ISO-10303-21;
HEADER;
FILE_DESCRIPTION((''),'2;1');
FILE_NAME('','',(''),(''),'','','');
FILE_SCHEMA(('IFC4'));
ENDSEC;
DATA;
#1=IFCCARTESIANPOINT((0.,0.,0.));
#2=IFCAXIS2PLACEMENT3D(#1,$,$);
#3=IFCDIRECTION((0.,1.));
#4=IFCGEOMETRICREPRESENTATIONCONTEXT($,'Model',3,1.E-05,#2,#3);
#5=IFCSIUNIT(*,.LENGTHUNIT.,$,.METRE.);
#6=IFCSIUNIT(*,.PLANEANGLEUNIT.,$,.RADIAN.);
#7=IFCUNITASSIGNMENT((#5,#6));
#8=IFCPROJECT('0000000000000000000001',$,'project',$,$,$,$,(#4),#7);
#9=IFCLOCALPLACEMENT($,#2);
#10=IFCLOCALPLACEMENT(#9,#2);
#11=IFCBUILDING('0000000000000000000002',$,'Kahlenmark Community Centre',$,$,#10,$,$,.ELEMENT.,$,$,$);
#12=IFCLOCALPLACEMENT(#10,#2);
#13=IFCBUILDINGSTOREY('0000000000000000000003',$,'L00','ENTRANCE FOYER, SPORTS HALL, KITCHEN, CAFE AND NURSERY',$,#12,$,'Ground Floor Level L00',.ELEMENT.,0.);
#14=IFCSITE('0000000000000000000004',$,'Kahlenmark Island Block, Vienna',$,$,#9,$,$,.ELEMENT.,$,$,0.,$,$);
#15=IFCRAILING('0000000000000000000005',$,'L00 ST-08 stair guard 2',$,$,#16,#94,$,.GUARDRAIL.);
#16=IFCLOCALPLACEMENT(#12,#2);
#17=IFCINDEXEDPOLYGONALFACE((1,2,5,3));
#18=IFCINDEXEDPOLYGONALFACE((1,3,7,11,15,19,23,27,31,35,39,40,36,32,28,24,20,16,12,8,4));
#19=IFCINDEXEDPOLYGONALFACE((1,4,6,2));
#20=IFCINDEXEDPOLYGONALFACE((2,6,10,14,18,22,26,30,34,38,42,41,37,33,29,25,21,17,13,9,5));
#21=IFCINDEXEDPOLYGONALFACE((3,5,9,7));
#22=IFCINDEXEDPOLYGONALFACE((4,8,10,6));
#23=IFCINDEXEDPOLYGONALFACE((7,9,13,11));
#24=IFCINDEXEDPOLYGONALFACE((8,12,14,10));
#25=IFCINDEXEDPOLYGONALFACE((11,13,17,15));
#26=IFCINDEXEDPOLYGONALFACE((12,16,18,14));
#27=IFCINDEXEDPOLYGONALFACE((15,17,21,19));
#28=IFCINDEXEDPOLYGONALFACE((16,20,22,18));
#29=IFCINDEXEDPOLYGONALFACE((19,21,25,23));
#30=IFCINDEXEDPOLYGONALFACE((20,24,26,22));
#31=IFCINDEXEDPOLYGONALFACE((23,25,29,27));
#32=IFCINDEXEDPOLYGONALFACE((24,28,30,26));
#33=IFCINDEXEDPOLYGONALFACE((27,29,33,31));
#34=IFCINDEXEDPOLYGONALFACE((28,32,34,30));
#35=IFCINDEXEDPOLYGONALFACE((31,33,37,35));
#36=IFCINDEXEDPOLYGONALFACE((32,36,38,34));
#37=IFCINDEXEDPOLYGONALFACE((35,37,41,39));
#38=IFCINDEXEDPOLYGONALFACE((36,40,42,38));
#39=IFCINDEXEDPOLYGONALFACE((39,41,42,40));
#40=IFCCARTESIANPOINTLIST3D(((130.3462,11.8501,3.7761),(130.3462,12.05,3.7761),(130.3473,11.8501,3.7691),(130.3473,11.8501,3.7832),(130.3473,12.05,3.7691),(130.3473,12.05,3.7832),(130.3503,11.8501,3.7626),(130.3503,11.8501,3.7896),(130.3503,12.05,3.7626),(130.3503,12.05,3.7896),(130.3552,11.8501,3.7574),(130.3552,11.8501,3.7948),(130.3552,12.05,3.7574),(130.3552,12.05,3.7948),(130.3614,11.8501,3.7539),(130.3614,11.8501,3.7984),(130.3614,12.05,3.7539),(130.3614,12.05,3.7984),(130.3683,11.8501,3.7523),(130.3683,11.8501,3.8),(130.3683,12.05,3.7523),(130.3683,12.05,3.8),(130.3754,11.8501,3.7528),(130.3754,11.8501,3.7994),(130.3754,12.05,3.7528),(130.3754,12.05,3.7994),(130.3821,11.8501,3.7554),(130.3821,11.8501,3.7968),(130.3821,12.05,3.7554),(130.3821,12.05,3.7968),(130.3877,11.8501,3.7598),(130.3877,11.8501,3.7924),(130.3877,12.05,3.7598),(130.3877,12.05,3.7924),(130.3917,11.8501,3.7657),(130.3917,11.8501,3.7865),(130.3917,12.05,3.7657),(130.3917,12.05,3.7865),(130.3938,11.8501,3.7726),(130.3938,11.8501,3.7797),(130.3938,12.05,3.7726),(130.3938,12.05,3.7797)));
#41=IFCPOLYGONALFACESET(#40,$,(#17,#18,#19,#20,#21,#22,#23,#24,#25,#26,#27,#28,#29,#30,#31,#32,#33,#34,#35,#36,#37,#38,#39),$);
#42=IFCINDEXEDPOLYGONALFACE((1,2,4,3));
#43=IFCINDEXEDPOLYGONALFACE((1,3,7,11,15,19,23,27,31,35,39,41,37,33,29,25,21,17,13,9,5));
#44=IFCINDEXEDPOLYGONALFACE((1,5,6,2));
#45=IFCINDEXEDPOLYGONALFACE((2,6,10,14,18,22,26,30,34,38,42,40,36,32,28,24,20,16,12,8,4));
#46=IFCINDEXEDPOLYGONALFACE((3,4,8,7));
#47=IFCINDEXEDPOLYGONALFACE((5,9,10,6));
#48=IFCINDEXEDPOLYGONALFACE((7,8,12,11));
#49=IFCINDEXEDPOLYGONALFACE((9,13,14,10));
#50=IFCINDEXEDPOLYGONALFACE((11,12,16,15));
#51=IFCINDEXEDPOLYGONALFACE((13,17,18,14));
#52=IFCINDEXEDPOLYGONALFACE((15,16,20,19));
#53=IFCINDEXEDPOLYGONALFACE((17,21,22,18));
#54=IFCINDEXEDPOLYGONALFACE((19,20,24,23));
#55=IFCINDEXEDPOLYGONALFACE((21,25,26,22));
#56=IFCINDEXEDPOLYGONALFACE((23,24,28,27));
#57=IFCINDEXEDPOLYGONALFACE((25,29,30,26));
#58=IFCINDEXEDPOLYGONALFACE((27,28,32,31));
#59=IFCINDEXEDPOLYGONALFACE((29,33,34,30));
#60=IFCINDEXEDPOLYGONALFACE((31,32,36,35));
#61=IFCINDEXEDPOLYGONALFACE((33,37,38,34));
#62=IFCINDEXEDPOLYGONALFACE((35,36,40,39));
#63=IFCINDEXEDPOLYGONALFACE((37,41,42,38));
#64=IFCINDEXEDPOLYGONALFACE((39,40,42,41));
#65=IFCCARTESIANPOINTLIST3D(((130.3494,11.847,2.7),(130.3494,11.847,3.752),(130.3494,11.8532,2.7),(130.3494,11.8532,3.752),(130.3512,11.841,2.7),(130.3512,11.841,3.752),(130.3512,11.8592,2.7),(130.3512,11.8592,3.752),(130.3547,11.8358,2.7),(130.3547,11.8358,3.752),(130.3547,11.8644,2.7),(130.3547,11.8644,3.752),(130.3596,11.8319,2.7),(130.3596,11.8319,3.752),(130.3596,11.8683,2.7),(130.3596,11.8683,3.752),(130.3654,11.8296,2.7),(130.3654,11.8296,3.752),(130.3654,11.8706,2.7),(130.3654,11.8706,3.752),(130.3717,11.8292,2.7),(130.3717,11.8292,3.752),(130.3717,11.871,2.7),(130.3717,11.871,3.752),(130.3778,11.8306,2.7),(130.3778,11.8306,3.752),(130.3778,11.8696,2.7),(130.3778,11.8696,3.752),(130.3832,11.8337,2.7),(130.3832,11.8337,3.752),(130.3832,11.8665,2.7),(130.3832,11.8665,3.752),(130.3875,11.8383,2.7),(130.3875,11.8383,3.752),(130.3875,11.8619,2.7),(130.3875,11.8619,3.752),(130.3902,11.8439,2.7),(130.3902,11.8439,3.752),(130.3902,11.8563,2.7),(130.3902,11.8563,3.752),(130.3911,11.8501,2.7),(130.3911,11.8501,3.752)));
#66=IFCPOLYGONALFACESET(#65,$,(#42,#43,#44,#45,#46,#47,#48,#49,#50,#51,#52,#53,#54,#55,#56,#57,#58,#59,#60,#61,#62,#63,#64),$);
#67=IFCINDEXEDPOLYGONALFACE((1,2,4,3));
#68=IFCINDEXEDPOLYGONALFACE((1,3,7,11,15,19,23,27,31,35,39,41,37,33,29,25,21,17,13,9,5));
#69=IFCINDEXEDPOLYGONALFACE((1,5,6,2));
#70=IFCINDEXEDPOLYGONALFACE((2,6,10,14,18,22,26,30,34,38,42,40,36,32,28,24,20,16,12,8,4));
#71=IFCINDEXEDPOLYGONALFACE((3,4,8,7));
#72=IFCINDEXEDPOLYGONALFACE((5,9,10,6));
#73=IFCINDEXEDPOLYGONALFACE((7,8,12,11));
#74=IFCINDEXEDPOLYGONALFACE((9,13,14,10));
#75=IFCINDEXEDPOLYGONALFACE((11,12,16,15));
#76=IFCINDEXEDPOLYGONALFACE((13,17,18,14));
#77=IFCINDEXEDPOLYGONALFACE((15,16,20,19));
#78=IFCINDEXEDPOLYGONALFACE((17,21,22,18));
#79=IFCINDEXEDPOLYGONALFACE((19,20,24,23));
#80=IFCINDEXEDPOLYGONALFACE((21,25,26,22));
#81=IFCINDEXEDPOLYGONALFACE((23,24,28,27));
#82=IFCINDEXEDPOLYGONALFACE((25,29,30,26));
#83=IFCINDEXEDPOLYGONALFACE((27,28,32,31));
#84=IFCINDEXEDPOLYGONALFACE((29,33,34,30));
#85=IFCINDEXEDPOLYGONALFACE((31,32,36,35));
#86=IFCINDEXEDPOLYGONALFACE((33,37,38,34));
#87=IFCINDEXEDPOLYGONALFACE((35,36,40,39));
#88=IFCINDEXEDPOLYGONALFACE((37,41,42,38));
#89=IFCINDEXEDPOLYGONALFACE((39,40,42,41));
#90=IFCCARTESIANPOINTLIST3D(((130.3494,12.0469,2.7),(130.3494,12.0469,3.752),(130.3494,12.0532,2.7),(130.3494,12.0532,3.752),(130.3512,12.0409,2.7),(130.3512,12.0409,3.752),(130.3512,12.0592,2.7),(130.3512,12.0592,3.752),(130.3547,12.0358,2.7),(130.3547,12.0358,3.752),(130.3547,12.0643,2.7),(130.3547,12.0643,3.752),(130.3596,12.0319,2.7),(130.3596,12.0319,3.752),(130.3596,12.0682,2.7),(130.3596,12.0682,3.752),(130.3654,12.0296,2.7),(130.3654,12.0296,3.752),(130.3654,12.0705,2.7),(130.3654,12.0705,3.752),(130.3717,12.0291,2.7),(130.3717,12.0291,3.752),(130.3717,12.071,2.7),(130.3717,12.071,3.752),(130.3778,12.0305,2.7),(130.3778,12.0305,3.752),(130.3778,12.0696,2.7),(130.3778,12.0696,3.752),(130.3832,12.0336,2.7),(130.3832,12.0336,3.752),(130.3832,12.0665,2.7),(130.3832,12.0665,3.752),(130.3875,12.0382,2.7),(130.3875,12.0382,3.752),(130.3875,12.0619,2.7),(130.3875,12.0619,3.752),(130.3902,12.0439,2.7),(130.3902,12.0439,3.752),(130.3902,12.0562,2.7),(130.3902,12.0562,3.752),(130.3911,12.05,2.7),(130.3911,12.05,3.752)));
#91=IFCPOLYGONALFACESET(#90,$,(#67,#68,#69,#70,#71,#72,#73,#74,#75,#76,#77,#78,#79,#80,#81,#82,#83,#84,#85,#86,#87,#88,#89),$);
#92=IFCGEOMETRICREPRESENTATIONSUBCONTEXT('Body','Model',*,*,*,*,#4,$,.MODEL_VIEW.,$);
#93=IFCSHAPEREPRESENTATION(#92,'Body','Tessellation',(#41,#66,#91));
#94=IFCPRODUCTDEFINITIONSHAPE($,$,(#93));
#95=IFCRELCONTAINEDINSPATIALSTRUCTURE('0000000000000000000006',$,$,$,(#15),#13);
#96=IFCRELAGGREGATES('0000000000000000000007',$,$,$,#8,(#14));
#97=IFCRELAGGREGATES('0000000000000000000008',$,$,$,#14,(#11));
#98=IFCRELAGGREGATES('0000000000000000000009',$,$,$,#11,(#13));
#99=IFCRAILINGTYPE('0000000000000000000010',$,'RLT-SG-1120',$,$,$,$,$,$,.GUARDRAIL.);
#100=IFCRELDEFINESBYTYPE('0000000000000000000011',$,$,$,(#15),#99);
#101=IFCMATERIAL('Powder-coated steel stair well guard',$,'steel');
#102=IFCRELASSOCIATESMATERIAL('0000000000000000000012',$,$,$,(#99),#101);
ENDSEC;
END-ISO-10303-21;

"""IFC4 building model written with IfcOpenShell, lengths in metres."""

from ifc_helpers import new_model, si_unit, direction, frame, origin, origin_2d, place, context, subcontext, project, spatial, circle, extrude, material, type_object, element, save


model = new_model("IFC4")

# Units and contexts
model_context = context("Model", 3, precision=1e-05, world=origin(), true_north=direction((0.0, 1.0)))
body_context = subcontext(model_context, "Body", "Model", "MODEL_VIEW")
ifc_project = project(units=[si_unit("LENGTHUNIT", "METRE"), si_unit("PLANEANGLEUNIT", "RADIAN")], contexts=[model_context])

# Site, building, storey
site_placement = place(None, origin())
site = spatial("IfcSite", under=ifc_project, at=site_placement, Name="Kahlenmark Island Block, Vienna", CompositionType="ELEMENT", RefElevation=0.0)
building_placement = place(site_placement, origin())
building = spatial("IfcBuilding", under=site, at=building_placement, Name="Kahlenmark Community Centre", CompositionType="ELEMENT")
storey_placement = place(building_placement, origin())
storey = spatial("IfcBuildingStorey", under=building, at=storey_placement, Name="L00", Description="ENTRANCE FOYER, SPORTS HALL, KITCHEN, CAFE AND NURSERY", LongName="Ground Floor Level L00", CompositionType="ELEMENT", Elevation=0.0)

# Railing
ifc_material_1 = material(Name="Powder-coated steel stair well guard", Category="steel")
railing_type_1 = type_object("IfcRailingType", Name="RLT-SG-1120", PredefinedType="GUARDRAIL", material=ifc_material_1)
railing_1_placement = place(storey_placement, frame((130.3701, 11.8501, 2.7)))
element("IfcRailing", 1, at=railing_1_placement, inside=storey, type_object=railing_type_1, Name="L00 ST-08 stair guard 2", PredefinedType="GUARDRAIL", context=body_context, shape_type="SweptSolid", body=[
    extrude(circle(Radius=0.0239, at=origin_2d()), frame((0.0, 0.0, 1.0762), z_axis=(0.0, 1.0, 0.0), x_axis=(-1.0, 0.0, 0.0)), (0.0, 0.0, 1.0), 0.2),
    extrude(circle(Radius=0.021, at=origin_2d()), origin(), (0.0, 0.0, 1.0), 1.052),
    extrude(circle(Radius=0.021, at=origin_2d()), frame((0.0, 0.2, 0.0)), (0.0, 0.0, 1.0), 1.052),
])

save(model, "model.ifc")
